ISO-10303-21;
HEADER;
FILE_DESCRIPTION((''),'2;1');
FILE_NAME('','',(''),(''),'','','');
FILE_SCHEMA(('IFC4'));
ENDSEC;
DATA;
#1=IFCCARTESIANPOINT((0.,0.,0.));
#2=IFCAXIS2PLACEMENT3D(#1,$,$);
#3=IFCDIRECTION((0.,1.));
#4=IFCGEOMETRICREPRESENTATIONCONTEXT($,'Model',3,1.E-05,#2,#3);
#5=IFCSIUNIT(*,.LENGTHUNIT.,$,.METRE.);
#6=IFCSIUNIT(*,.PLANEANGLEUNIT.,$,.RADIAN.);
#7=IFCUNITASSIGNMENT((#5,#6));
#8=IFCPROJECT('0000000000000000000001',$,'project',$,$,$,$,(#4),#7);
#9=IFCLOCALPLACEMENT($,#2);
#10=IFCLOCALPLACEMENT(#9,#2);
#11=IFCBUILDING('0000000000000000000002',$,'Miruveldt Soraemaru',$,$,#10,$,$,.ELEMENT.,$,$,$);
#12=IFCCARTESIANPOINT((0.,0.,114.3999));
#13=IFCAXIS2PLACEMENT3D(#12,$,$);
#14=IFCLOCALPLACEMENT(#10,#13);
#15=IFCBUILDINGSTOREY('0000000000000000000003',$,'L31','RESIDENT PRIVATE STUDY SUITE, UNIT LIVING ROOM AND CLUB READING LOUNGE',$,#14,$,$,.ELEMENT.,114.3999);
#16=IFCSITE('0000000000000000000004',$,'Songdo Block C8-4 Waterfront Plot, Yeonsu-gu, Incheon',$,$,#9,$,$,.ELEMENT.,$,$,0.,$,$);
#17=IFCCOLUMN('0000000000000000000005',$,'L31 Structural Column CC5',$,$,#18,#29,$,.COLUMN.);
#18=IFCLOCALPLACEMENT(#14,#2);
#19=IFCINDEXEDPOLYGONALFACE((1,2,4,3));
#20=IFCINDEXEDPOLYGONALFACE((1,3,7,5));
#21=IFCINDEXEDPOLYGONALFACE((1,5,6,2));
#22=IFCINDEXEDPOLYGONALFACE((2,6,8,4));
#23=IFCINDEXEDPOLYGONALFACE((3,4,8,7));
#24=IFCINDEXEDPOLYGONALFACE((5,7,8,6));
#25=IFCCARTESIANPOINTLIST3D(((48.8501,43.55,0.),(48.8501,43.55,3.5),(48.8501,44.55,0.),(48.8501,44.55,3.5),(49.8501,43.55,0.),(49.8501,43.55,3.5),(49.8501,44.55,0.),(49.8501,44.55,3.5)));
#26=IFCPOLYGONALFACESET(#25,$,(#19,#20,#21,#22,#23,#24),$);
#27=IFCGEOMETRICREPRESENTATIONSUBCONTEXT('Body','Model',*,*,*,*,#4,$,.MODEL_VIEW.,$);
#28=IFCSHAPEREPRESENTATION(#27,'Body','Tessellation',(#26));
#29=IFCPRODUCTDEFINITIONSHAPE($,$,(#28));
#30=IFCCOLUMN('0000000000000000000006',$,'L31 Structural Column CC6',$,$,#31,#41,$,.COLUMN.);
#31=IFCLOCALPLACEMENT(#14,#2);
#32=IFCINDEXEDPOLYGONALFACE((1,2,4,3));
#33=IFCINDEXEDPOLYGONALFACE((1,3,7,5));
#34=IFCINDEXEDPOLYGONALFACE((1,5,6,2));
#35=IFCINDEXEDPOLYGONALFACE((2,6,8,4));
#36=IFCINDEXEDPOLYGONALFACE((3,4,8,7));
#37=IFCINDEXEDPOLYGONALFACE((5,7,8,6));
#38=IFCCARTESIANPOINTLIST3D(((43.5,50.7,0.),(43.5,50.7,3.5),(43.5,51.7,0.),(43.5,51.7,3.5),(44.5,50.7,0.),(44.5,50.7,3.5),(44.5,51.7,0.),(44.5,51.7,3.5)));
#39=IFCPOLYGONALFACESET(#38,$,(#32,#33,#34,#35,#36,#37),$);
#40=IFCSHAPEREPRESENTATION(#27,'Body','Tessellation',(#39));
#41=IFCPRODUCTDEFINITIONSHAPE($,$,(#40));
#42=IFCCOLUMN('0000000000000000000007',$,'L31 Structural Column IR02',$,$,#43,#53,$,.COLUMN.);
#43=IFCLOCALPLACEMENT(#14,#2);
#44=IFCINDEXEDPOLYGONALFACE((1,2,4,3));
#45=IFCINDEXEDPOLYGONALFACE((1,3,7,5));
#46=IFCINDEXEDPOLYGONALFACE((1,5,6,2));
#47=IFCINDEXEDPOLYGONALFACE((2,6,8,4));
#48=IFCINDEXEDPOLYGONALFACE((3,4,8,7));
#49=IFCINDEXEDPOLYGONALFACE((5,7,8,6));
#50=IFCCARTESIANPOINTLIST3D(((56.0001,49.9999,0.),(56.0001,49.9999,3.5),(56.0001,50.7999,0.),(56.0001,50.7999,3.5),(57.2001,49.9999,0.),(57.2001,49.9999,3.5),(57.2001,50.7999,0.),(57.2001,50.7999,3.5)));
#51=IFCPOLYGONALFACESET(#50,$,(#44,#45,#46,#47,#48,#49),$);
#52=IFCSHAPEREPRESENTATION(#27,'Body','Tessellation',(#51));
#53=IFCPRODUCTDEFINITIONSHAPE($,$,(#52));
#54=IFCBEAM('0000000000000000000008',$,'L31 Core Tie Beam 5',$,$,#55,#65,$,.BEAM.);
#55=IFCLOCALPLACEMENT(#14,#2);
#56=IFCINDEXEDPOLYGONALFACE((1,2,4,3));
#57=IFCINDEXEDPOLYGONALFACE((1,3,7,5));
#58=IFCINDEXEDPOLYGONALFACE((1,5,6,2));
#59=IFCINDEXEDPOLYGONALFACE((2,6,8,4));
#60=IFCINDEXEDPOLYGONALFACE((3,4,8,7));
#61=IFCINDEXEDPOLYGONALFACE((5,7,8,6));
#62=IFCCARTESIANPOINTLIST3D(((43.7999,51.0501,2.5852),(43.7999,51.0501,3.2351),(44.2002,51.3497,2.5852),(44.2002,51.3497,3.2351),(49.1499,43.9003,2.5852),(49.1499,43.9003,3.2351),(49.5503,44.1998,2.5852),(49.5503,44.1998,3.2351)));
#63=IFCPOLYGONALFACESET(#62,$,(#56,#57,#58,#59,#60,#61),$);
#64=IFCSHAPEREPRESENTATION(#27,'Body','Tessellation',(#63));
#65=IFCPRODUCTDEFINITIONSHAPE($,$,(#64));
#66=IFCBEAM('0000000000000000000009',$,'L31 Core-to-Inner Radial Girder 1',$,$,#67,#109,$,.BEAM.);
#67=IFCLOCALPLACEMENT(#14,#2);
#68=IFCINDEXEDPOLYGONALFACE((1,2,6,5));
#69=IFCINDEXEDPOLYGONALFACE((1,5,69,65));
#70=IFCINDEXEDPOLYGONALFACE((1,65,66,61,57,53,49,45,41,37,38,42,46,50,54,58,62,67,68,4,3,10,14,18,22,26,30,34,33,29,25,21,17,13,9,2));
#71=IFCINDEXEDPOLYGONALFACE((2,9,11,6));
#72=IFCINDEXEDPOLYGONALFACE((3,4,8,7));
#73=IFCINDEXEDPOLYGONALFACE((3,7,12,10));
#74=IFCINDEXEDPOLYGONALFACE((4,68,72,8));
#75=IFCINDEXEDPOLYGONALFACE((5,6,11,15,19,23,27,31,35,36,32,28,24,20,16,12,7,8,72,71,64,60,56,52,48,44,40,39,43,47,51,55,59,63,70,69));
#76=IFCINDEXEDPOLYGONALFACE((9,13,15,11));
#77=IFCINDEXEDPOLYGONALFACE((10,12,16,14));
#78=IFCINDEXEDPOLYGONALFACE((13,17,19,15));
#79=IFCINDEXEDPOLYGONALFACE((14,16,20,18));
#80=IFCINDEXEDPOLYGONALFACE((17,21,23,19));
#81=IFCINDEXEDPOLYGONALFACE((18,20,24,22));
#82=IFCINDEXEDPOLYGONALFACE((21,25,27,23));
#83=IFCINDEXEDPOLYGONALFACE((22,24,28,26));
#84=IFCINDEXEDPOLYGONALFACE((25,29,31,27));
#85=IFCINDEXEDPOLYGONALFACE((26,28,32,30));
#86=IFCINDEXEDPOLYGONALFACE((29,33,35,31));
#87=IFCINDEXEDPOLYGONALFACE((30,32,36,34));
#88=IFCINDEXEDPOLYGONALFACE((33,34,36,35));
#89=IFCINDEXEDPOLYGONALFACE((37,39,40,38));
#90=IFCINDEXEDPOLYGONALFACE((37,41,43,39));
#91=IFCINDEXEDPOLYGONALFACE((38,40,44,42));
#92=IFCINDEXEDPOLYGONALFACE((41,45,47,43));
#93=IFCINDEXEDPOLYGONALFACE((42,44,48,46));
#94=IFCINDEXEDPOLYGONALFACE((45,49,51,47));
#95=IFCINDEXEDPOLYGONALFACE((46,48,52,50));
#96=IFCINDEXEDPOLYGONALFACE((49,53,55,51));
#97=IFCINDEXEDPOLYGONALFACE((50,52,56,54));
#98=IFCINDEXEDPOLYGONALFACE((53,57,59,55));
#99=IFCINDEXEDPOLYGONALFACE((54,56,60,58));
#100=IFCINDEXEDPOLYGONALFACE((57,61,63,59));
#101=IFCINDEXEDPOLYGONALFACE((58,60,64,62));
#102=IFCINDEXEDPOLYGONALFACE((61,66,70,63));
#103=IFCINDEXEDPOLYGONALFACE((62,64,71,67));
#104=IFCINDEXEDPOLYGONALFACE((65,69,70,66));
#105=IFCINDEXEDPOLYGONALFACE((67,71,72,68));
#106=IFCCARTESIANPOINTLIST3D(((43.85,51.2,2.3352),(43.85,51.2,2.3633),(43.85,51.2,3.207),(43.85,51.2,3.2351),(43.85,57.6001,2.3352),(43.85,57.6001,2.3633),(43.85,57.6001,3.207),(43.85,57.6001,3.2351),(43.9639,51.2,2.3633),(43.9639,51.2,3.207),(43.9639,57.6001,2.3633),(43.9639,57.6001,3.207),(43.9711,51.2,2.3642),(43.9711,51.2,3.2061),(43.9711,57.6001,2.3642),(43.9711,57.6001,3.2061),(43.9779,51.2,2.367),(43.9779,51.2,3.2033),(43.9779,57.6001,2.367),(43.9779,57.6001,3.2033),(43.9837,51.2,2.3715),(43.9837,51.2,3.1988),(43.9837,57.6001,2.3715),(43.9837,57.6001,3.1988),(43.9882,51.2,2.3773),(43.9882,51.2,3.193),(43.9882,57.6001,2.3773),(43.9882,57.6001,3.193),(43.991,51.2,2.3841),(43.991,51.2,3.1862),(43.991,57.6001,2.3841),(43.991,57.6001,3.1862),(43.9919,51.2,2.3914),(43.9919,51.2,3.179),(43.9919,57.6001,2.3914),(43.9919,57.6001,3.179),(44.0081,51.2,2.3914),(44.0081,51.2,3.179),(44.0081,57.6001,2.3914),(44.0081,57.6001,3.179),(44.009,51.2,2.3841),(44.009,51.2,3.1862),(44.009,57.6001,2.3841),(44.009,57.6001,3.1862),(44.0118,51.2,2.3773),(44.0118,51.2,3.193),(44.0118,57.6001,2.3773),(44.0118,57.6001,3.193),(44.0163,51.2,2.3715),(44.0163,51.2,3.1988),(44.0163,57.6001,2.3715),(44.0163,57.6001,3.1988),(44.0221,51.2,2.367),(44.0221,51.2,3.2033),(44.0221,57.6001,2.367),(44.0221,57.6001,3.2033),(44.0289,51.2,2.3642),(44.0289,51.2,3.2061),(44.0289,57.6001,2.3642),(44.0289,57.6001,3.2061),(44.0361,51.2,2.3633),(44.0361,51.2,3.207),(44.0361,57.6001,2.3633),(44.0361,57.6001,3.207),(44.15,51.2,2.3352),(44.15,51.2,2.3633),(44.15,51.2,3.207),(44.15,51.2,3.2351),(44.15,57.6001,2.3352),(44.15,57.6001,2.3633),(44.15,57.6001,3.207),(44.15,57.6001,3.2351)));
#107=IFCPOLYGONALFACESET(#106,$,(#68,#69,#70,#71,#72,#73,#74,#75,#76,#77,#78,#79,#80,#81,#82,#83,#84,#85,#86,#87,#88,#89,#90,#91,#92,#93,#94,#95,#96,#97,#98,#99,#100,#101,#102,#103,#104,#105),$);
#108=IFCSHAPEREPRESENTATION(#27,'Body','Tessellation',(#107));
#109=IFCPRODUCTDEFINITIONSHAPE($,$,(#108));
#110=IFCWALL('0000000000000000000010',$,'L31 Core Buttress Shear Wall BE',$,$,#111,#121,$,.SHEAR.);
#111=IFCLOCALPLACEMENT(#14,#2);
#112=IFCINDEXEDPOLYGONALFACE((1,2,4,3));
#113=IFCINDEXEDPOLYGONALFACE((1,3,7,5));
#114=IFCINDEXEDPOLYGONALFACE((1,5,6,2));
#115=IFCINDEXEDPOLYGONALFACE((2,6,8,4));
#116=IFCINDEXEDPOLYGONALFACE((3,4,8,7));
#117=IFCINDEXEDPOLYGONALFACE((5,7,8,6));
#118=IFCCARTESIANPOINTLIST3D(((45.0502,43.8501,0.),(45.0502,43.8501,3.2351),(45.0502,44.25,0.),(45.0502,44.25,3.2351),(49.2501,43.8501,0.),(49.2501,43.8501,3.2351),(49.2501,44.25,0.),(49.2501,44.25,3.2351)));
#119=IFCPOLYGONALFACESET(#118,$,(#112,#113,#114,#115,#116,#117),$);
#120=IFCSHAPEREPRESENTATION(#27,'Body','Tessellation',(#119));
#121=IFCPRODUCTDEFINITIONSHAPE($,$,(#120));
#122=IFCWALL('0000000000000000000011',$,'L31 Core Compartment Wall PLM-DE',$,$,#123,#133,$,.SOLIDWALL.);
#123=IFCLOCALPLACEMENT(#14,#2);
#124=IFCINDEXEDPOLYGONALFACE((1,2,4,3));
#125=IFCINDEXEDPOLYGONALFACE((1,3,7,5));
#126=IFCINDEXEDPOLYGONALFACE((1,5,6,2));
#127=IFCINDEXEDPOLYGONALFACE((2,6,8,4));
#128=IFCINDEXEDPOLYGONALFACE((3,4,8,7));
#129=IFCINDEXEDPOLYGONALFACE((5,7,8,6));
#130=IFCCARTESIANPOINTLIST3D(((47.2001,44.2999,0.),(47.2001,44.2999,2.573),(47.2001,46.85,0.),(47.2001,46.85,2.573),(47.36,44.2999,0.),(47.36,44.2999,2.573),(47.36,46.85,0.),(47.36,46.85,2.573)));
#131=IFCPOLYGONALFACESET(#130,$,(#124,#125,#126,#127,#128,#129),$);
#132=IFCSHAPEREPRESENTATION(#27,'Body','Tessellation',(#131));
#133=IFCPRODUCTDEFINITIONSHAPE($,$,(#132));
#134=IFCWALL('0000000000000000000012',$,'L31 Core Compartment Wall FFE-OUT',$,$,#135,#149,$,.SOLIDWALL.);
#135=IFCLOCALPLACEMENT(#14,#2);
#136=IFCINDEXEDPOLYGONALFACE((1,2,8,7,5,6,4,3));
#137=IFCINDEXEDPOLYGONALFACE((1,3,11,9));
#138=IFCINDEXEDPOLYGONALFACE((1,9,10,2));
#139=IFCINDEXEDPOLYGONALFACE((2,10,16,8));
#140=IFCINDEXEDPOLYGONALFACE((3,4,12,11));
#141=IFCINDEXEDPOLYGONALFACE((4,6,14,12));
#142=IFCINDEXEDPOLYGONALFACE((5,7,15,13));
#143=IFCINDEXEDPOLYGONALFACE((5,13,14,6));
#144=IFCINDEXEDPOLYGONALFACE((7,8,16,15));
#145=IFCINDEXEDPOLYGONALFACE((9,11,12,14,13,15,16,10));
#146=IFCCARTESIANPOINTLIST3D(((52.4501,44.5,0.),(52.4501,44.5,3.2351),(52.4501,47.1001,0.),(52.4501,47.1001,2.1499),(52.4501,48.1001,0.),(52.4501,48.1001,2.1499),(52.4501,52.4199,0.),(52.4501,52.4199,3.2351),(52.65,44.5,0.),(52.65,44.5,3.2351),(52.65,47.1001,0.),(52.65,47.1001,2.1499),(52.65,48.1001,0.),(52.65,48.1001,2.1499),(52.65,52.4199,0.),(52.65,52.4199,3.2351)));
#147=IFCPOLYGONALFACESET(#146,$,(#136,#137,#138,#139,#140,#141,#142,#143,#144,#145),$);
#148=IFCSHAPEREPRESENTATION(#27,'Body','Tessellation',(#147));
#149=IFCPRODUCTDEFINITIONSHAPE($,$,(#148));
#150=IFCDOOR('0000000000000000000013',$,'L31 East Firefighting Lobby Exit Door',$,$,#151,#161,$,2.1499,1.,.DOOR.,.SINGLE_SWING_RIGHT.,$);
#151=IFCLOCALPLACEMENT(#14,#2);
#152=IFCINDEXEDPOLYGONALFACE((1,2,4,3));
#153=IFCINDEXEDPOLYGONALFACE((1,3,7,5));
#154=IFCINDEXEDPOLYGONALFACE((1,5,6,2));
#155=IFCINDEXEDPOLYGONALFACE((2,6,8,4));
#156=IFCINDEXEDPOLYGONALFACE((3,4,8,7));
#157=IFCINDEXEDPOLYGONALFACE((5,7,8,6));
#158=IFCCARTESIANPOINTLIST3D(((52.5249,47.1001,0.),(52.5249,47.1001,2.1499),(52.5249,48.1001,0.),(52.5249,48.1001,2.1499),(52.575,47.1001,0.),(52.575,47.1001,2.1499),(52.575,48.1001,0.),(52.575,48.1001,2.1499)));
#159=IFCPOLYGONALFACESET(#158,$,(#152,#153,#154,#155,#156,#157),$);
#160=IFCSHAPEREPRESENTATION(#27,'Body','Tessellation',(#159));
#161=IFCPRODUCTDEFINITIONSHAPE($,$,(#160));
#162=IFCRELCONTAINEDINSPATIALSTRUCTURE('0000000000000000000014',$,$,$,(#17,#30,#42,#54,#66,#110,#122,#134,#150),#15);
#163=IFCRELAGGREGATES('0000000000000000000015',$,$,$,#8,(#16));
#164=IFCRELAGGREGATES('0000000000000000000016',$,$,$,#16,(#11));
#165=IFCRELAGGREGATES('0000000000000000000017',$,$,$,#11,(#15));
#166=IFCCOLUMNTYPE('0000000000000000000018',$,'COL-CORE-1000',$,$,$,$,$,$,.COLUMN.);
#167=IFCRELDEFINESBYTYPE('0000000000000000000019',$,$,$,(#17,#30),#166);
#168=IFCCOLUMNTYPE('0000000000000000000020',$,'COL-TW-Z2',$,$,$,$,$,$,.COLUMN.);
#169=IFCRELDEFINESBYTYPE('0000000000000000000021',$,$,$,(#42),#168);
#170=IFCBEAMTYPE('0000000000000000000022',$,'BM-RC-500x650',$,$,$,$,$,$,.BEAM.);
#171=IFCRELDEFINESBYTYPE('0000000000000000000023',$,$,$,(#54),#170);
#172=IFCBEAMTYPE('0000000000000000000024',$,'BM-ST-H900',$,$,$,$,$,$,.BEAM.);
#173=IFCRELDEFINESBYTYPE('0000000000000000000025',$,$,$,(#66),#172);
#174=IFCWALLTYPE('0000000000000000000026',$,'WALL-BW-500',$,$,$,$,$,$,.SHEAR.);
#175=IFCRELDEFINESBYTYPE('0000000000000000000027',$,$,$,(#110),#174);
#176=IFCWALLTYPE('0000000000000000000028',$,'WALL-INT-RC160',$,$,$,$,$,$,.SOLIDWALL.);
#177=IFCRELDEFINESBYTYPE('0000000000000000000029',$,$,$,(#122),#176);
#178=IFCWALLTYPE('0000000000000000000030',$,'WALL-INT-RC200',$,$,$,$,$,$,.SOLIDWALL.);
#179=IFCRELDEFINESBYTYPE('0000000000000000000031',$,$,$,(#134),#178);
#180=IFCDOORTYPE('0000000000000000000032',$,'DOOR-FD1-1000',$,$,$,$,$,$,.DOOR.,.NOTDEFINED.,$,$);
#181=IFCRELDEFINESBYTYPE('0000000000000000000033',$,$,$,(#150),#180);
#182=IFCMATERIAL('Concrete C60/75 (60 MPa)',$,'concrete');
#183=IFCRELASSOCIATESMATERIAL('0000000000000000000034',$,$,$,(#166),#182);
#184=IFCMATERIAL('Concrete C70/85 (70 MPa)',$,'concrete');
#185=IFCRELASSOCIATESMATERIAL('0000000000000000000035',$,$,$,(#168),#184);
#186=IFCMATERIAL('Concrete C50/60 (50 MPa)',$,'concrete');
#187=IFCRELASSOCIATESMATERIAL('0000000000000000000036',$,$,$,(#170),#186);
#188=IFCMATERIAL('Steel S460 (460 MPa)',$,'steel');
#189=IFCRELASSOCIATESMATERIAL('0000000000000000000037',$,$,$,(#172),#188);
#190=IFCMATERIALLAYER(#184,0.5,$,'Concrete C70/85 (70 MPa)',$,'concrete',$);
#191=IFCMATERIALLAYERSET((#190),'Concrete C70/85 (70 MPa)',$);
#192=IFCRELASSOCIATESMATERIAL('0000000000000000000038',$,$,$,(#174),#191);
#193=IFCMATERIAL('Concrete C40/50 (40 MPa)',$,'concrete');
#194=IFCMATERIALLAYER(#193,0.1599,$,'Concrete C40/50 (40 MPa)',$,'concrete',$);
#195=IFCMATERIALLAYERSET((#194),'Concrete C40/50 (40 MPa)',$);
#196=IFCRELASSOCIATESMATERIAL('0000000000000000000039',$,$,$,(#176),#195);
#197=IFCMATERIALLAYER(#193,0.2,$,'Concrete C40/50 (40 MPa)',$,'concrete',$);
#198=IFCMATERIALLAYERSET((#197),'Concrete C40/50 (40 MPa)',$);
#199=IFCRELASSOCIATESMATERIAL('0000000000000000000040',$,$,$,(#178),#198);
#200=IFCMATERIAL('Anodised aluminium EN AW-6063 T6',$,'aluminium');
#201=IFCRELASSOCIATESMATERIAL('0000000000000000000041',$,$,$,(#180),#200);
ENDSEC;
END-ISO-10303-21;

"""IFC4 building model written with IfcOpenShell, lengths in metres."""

from ifc_helpers import new_model, si_unit, direction, frame, frame_2d, origin, origin_2d, place, context, subcontext, project, spatial, rectangle, i_section, extrude, material, layer, layer_set, material_profile, profile_set, type_object, element, fill, save


model = new_model("IFC4")

# Units and contexts
model_context = context("Model", 3, precision=1e-05, world=origin(), true_north=direction((0.0, 1.0)))
body_context = subcontext(model_context, "Body", "Model", "MODEL_VIEW")
ifc_project = project(units=[si_unit("LENGTHUNIT", "METRE"), si_unit("PLANEANGLEUNIT", "RADIAN")], contexts=[model_context])

# Site, building, storey
site_placement = place(None, origin())
site = spatial("IfcSite", under=ifc_project, at=site_placement, Name="Songdo Block C8-4 Waterfront Plot, Yeonsu-gu, Incheon", CompositionType="ELEMENT", RefElevation=0.0)
building_placement = place(site_placement, origin())
building = spatial("IfcBuilding", under=site, at=building_placement, Name="Miruveldt Soraemaru", CompositionType="ELEMENT")
storey_placement = place(building_placement, frame((0.0, 0.0, 114.3999)))
storey = spatial("IfcBuildingStorey", under=building, at=storey_placement, Name="L31", Description="RESIDENT PRIVATE STUDY SUITE, UNIT LIVING ROOM AND CLUB READING LOUNGE", CompositionType="ELEMENT", Elevation=114.3999)

# Columns
ifc_material_1 = material(Name="Concrete C60/75 (60 MPa)", Category="concrete")
ifc_material_profile_1 = material_profile(ifc_material_1, rectangle(XDim=1.0, YDim=1.0, at=origin_2d()), Name="Concrete C60/75 (60 MPa)", Category="concrete")
ifc_profile_set_1 = profile_set([ifc_material_profile_1], Name="Concrete C60/75 (60 MPa)")
column_type_1 = type_object("IfcColumnType", Name="COL-CORE-1000", PredefinedType="COLUMN", material=ifc_profile_set_1)
for number, where, z_axis, x_axis, name in (
    (1, (49.3501, 44.05, 0.0), (0.0, 0.0, 1.0), (1.0, 0.0, 0.0), "L31 Structural Column CC5"),
    (2, (44.0, 51.2, 0.0), (0.0, 0.0, 1.0), (1.0, 0.0, 0.0), "L31 Structural Column CC6"),
):
    element("IfcColumn", number, at=place(storey_placement, frame(where, z_axis=z_axis, x_axis=x_axis)), inside=storey, type_object=column_type_1, Name=name, PredefinedType="COLUMN", context=body_context, shape_type="SweptSolid", body=[
        extrude(rectangle(XDim=1.0, YDim=1.0, at=origin_2d()), origin(), (0.0, 0.0, 1.0), 3.5),
    ])
ifc_material_2 = material(Name="Concrete C70/85 (70 MPa)", Category="concrete")
ifc_material_profile_2 = material_profile(ifc_material_2, rectangle(XDim=1.2, YDim=0.8, at=origin_2d()), Name="Concrete C70/85 (70 MPa)", Category="concrete")
ifc_profile_set_2 = profile_set([ifc_material_profile_2], Name="Concrete C70/85 (70 MPa)")
column_type_2 = type_object("IfcColumnType", Name="COL-TW-Z2", PredefinedType="COLUMN", material=ifc_profile_set_2)
column_placement = place(storey_placement, frame((56.6001, 50.3999, 0.0), z_axis=(0.0, 0.0, 1.0), x_axis=(1.0, 0.0, 0.0)))
element("IfcColumn", 3, at=column_placement, inside=storey, type_object=column_type_2, Name="L31 Structural Column IR02", PredefinedType="COLUMN", context=body_context, shape_type="SweptSolid", body=[
    extrude(rectangle(XDim=1.2, YDim=0.8, at=origin_2d()), origin(), (0.0, 0.0, 1.0), 3.5),
])

# Beams
ifc_material_3 = material(Name="Concrete C50/60 (50 MPa)", Category="concrete")
ifc_material_profile_3 = material_profile(ifc_material_3, rectangle(XDim=0.5, YDim=0.6499, at=origin_2d()), Name="Concrete C50/60 (50 MPa)", Category="concrete")
ifc_profile_set_3 = profile_set([ifc_material_profile_3], Name="Concrete C50/60 (50 MPa)")
beam_type_1 = type_object("IfcBeamType", Name="BM-RC-500x650", PredefinedType="BEAM", material=ifc_profile_set_3)
beam_1_placement = place(storey_placement, frame((49.3501, 44.05, 2.9102), z_axis=(-0.599116, 0.800662, 0.0), x_axis=(-0.800662, -0.599116, 0.0)))
element("IfcBeam", 4, at=beam_1_placement, inside=storey, type_object=beam_type_1, Name="L31 Core Tie Beam 5", PredefinedType="BEAM", context=body_context, shape_type="SweptSolid", body=[
    extrude(rectangle(XDim=0.5, YDim=0.6499, at=origin_2d()), origin(), (0.0, 0.0, 1.0), 8.9299),
])
ifc_material_4 = material(Name="Steel S460 (460 MPa)", Category="steel")
ifc_material_profile_4 = material_profile(ifc_material_4, i_section(OverallWidth=0.3, OverallDepth=0.8999, WebThickness=0.0161, FlangeThickness=0.0281, FilletRadius=0.0281, at=origin_2d()), Name="Steel S460 (460 MPa)", Category="steel")
ifc_profile_set_4 = profile_set([ifc_material_profile_4], Name="Steel S460 (460 MPa)")
beam_type_2 = type_object("IfcBeamType", Name="BM-ST-H900", PredefinedType="BEAM", material=ifc_profile_set_4)
beam_2_placement = place(storey_placement, frame((44.0, 51.2, 2.7852), z_axis=(0.0, 1.0, 0.0), x_axis=(-1.0, 0.0, 0.0)))
element("IfcBeam", 5, at=beam_2_placement, inside=storey, type_object=beam_type_2, Name="L31 Core-to-Inner Radial Girder 1", PredefinedType="BEAM", context=body_context, shape_type="SweptSolid", body=[
    extrude(i_section(OverallWidth=0.3, OverallDepth=0.8999, WebThickness=0.0161, FlangeThickness=0.0281, FilletRadius=0.0281, at=origin_2d()), origin(), (0.0, 0.0, 1.0), 6.4001),
])

# Walls
ifc_layer_1 = layer(ifc_material_2, 0.5, Name="Concrete C70/85 (70 MPa)", Category="concrete")
ifc_layer_set_1 = layer_set([ifc_layer_1], Name="Concrete C70/85 (70 MPa)")
wall_type_1 = type_object("IfcWallType", Name="WALL-BW-500", PredefinedType="SHEAR", material=ifc_layer_set_1)
wall_1_placement = place(storey_placement, frame((45.05, 44.05, 0.0), z_axis=(0.0, 0.0, 1.0), x_axis=(1.0, 0.0, 0.0)))
element("IfcWall", 6, at=wall_1_placement, inside=storey, type_object=wall_type_1, Name="L31 Core Buttress Shear Wall BE", PredefinedType="SHEAR", context=body_context, shape_type="SweptSolid", body=[
    extrude(rectangle(XDim=4.2, YDim=0.3999, at=frame_2d((2.1001, 0.0))), origin(), (0.0, 0.0, 1.0), 3.2351),
])
ifc_material_5 = material(Name="Concrete C40/50 (40 MPa)", Category="concrete")
ifc_layer_2 = layer(ifc_material_5, 0.1599, Name="Concrete C40/50 (40 MPa)", Category="concrete")
ifc_layer_set_2 = layer_set([ifc_layer_2], Name="Concrete C40/50 (40 MPa)")
wall_type_2 = type_object("IfcWallType", Name="WALL-INT-RC160", PredefinedType="SOLIDWALL", material=ifc_layer_set_2)
wall_2_placement = place(storey_placement, frame((47.28, 44.3, 0.0), z_axis=(0.0, 0.0, 1.0), x_axis=(0.0, 1.0, 0.0)))
element("IfcWall", 7, at=wall_2_placement, inside=storey, type_object=wall_type_2, Name="L31 Core Compartment Wall PLM-DE", PredefinedType="SOLIDWALL", context=body_context, shape_type="SweptSolid", body=[
    extrude(rectangle(XDim=2.55, YDim=0.1599, at=frame_2d((1.2749, 0.0))), origin(), (0.0, 0.0, 1.0), 2.573),
])

# Wall, opening, door
ifc_layer_3 = layer(ifc_material_5, 0.2, Name="Concrete C40/50 (40 MPa)", Category="concrete")
ifc_layer_set_3 = layer_set([ifc_layer_3], Name="Concrete C40/50 (40 MPa)")
wall_type_3 = type_object("IfcWallType", Name="WALL-INT-RC200", PredefinedType="SOLIDWALL", material=ifc_layer_set_3)
wall_3_placement = place(storey_placement, frame((52.55, 44.5, 0.0), z_axis=(0.0, 0.0, 1.0), x_axis=(0.0, 1.0, 0.0)))
wall_3 = element("IfcWall", 8, at=wall_3_placement, inside=storey, type_object=wall_type_3, Name="L31 Core Compartment Wall FFE-OUT", PredefinedType="SOLIDWALL", context=body_context, shape_type="SweptSolid", body=[
    extrude(rectangle(XDim=7.9199, YDim=0.2, at=frame_2d((3.96, 0.0))), origin(), (0.0, 0.0, 1.0), 3.2351),
])
opening_1_placement = place(wall_3_placement, frame((2.6001, 0.0, 0.0)))
opening_1 = element("IfcOpeningElement", 9, at=opening_1_placement, cuts=wall_3, PredefinedType="OPENING", context=body_context, shape_type="SweptSolid", body=[
    extrude(rectangle(XDim=1.0, YDim=2.1499, at=frame_2d((0.5, 1.075))), frame((0.0, 0.1099, 0.0), z_axis=(0.0, -1.0, 0.0), x_axis=(1.0, 0.0, 0.0)), (0.0, 0.0, 1.0), 0.22),
])
ifc_material_6 = material(Name="Anodised aluminium EN AW-6063 T6", Category="aluminium")
door_type_1 = type_object("IfcDoorType", Name="DOOR-FD1-1000", OperationType="NOTDEFINED", PredefinedType="DOOR", material=ifc_material_6)
door_1_placement = place(opening_1_placement, frame((1.0, 0.0, 0.0), z_axis=(0.0, 0.0, 1.0), x_axis=(-1.0, 0.0, 0.0)))
door_1 = element("IfcDoor", 10, at=door_1_placement, inside=storey, type_object=door_type_1, Name="L31 East Firefighting Lobby Exit Door", OperationType="SINGLE_SWING_RIGHT", OverallHeight=2.1499, OverallWidth=1.0, PredefinedType="DOOR", context=body_context, shape_type="SweptSolid", body=[
    extrude(rectangle(XDim=1.0, YDim=2.1499, at=frame_2d((0.5, 1.075))), frame((0.0, 0.0249, 0.0), z_axis=(0.0, -1.0, 0.0), x_axis=(1.0, 0.0, 0.0)), (0.0, 0.0, 1.0), 0.05),
])
fill(opening_1, door_1)

save(model, "model.ifc")
